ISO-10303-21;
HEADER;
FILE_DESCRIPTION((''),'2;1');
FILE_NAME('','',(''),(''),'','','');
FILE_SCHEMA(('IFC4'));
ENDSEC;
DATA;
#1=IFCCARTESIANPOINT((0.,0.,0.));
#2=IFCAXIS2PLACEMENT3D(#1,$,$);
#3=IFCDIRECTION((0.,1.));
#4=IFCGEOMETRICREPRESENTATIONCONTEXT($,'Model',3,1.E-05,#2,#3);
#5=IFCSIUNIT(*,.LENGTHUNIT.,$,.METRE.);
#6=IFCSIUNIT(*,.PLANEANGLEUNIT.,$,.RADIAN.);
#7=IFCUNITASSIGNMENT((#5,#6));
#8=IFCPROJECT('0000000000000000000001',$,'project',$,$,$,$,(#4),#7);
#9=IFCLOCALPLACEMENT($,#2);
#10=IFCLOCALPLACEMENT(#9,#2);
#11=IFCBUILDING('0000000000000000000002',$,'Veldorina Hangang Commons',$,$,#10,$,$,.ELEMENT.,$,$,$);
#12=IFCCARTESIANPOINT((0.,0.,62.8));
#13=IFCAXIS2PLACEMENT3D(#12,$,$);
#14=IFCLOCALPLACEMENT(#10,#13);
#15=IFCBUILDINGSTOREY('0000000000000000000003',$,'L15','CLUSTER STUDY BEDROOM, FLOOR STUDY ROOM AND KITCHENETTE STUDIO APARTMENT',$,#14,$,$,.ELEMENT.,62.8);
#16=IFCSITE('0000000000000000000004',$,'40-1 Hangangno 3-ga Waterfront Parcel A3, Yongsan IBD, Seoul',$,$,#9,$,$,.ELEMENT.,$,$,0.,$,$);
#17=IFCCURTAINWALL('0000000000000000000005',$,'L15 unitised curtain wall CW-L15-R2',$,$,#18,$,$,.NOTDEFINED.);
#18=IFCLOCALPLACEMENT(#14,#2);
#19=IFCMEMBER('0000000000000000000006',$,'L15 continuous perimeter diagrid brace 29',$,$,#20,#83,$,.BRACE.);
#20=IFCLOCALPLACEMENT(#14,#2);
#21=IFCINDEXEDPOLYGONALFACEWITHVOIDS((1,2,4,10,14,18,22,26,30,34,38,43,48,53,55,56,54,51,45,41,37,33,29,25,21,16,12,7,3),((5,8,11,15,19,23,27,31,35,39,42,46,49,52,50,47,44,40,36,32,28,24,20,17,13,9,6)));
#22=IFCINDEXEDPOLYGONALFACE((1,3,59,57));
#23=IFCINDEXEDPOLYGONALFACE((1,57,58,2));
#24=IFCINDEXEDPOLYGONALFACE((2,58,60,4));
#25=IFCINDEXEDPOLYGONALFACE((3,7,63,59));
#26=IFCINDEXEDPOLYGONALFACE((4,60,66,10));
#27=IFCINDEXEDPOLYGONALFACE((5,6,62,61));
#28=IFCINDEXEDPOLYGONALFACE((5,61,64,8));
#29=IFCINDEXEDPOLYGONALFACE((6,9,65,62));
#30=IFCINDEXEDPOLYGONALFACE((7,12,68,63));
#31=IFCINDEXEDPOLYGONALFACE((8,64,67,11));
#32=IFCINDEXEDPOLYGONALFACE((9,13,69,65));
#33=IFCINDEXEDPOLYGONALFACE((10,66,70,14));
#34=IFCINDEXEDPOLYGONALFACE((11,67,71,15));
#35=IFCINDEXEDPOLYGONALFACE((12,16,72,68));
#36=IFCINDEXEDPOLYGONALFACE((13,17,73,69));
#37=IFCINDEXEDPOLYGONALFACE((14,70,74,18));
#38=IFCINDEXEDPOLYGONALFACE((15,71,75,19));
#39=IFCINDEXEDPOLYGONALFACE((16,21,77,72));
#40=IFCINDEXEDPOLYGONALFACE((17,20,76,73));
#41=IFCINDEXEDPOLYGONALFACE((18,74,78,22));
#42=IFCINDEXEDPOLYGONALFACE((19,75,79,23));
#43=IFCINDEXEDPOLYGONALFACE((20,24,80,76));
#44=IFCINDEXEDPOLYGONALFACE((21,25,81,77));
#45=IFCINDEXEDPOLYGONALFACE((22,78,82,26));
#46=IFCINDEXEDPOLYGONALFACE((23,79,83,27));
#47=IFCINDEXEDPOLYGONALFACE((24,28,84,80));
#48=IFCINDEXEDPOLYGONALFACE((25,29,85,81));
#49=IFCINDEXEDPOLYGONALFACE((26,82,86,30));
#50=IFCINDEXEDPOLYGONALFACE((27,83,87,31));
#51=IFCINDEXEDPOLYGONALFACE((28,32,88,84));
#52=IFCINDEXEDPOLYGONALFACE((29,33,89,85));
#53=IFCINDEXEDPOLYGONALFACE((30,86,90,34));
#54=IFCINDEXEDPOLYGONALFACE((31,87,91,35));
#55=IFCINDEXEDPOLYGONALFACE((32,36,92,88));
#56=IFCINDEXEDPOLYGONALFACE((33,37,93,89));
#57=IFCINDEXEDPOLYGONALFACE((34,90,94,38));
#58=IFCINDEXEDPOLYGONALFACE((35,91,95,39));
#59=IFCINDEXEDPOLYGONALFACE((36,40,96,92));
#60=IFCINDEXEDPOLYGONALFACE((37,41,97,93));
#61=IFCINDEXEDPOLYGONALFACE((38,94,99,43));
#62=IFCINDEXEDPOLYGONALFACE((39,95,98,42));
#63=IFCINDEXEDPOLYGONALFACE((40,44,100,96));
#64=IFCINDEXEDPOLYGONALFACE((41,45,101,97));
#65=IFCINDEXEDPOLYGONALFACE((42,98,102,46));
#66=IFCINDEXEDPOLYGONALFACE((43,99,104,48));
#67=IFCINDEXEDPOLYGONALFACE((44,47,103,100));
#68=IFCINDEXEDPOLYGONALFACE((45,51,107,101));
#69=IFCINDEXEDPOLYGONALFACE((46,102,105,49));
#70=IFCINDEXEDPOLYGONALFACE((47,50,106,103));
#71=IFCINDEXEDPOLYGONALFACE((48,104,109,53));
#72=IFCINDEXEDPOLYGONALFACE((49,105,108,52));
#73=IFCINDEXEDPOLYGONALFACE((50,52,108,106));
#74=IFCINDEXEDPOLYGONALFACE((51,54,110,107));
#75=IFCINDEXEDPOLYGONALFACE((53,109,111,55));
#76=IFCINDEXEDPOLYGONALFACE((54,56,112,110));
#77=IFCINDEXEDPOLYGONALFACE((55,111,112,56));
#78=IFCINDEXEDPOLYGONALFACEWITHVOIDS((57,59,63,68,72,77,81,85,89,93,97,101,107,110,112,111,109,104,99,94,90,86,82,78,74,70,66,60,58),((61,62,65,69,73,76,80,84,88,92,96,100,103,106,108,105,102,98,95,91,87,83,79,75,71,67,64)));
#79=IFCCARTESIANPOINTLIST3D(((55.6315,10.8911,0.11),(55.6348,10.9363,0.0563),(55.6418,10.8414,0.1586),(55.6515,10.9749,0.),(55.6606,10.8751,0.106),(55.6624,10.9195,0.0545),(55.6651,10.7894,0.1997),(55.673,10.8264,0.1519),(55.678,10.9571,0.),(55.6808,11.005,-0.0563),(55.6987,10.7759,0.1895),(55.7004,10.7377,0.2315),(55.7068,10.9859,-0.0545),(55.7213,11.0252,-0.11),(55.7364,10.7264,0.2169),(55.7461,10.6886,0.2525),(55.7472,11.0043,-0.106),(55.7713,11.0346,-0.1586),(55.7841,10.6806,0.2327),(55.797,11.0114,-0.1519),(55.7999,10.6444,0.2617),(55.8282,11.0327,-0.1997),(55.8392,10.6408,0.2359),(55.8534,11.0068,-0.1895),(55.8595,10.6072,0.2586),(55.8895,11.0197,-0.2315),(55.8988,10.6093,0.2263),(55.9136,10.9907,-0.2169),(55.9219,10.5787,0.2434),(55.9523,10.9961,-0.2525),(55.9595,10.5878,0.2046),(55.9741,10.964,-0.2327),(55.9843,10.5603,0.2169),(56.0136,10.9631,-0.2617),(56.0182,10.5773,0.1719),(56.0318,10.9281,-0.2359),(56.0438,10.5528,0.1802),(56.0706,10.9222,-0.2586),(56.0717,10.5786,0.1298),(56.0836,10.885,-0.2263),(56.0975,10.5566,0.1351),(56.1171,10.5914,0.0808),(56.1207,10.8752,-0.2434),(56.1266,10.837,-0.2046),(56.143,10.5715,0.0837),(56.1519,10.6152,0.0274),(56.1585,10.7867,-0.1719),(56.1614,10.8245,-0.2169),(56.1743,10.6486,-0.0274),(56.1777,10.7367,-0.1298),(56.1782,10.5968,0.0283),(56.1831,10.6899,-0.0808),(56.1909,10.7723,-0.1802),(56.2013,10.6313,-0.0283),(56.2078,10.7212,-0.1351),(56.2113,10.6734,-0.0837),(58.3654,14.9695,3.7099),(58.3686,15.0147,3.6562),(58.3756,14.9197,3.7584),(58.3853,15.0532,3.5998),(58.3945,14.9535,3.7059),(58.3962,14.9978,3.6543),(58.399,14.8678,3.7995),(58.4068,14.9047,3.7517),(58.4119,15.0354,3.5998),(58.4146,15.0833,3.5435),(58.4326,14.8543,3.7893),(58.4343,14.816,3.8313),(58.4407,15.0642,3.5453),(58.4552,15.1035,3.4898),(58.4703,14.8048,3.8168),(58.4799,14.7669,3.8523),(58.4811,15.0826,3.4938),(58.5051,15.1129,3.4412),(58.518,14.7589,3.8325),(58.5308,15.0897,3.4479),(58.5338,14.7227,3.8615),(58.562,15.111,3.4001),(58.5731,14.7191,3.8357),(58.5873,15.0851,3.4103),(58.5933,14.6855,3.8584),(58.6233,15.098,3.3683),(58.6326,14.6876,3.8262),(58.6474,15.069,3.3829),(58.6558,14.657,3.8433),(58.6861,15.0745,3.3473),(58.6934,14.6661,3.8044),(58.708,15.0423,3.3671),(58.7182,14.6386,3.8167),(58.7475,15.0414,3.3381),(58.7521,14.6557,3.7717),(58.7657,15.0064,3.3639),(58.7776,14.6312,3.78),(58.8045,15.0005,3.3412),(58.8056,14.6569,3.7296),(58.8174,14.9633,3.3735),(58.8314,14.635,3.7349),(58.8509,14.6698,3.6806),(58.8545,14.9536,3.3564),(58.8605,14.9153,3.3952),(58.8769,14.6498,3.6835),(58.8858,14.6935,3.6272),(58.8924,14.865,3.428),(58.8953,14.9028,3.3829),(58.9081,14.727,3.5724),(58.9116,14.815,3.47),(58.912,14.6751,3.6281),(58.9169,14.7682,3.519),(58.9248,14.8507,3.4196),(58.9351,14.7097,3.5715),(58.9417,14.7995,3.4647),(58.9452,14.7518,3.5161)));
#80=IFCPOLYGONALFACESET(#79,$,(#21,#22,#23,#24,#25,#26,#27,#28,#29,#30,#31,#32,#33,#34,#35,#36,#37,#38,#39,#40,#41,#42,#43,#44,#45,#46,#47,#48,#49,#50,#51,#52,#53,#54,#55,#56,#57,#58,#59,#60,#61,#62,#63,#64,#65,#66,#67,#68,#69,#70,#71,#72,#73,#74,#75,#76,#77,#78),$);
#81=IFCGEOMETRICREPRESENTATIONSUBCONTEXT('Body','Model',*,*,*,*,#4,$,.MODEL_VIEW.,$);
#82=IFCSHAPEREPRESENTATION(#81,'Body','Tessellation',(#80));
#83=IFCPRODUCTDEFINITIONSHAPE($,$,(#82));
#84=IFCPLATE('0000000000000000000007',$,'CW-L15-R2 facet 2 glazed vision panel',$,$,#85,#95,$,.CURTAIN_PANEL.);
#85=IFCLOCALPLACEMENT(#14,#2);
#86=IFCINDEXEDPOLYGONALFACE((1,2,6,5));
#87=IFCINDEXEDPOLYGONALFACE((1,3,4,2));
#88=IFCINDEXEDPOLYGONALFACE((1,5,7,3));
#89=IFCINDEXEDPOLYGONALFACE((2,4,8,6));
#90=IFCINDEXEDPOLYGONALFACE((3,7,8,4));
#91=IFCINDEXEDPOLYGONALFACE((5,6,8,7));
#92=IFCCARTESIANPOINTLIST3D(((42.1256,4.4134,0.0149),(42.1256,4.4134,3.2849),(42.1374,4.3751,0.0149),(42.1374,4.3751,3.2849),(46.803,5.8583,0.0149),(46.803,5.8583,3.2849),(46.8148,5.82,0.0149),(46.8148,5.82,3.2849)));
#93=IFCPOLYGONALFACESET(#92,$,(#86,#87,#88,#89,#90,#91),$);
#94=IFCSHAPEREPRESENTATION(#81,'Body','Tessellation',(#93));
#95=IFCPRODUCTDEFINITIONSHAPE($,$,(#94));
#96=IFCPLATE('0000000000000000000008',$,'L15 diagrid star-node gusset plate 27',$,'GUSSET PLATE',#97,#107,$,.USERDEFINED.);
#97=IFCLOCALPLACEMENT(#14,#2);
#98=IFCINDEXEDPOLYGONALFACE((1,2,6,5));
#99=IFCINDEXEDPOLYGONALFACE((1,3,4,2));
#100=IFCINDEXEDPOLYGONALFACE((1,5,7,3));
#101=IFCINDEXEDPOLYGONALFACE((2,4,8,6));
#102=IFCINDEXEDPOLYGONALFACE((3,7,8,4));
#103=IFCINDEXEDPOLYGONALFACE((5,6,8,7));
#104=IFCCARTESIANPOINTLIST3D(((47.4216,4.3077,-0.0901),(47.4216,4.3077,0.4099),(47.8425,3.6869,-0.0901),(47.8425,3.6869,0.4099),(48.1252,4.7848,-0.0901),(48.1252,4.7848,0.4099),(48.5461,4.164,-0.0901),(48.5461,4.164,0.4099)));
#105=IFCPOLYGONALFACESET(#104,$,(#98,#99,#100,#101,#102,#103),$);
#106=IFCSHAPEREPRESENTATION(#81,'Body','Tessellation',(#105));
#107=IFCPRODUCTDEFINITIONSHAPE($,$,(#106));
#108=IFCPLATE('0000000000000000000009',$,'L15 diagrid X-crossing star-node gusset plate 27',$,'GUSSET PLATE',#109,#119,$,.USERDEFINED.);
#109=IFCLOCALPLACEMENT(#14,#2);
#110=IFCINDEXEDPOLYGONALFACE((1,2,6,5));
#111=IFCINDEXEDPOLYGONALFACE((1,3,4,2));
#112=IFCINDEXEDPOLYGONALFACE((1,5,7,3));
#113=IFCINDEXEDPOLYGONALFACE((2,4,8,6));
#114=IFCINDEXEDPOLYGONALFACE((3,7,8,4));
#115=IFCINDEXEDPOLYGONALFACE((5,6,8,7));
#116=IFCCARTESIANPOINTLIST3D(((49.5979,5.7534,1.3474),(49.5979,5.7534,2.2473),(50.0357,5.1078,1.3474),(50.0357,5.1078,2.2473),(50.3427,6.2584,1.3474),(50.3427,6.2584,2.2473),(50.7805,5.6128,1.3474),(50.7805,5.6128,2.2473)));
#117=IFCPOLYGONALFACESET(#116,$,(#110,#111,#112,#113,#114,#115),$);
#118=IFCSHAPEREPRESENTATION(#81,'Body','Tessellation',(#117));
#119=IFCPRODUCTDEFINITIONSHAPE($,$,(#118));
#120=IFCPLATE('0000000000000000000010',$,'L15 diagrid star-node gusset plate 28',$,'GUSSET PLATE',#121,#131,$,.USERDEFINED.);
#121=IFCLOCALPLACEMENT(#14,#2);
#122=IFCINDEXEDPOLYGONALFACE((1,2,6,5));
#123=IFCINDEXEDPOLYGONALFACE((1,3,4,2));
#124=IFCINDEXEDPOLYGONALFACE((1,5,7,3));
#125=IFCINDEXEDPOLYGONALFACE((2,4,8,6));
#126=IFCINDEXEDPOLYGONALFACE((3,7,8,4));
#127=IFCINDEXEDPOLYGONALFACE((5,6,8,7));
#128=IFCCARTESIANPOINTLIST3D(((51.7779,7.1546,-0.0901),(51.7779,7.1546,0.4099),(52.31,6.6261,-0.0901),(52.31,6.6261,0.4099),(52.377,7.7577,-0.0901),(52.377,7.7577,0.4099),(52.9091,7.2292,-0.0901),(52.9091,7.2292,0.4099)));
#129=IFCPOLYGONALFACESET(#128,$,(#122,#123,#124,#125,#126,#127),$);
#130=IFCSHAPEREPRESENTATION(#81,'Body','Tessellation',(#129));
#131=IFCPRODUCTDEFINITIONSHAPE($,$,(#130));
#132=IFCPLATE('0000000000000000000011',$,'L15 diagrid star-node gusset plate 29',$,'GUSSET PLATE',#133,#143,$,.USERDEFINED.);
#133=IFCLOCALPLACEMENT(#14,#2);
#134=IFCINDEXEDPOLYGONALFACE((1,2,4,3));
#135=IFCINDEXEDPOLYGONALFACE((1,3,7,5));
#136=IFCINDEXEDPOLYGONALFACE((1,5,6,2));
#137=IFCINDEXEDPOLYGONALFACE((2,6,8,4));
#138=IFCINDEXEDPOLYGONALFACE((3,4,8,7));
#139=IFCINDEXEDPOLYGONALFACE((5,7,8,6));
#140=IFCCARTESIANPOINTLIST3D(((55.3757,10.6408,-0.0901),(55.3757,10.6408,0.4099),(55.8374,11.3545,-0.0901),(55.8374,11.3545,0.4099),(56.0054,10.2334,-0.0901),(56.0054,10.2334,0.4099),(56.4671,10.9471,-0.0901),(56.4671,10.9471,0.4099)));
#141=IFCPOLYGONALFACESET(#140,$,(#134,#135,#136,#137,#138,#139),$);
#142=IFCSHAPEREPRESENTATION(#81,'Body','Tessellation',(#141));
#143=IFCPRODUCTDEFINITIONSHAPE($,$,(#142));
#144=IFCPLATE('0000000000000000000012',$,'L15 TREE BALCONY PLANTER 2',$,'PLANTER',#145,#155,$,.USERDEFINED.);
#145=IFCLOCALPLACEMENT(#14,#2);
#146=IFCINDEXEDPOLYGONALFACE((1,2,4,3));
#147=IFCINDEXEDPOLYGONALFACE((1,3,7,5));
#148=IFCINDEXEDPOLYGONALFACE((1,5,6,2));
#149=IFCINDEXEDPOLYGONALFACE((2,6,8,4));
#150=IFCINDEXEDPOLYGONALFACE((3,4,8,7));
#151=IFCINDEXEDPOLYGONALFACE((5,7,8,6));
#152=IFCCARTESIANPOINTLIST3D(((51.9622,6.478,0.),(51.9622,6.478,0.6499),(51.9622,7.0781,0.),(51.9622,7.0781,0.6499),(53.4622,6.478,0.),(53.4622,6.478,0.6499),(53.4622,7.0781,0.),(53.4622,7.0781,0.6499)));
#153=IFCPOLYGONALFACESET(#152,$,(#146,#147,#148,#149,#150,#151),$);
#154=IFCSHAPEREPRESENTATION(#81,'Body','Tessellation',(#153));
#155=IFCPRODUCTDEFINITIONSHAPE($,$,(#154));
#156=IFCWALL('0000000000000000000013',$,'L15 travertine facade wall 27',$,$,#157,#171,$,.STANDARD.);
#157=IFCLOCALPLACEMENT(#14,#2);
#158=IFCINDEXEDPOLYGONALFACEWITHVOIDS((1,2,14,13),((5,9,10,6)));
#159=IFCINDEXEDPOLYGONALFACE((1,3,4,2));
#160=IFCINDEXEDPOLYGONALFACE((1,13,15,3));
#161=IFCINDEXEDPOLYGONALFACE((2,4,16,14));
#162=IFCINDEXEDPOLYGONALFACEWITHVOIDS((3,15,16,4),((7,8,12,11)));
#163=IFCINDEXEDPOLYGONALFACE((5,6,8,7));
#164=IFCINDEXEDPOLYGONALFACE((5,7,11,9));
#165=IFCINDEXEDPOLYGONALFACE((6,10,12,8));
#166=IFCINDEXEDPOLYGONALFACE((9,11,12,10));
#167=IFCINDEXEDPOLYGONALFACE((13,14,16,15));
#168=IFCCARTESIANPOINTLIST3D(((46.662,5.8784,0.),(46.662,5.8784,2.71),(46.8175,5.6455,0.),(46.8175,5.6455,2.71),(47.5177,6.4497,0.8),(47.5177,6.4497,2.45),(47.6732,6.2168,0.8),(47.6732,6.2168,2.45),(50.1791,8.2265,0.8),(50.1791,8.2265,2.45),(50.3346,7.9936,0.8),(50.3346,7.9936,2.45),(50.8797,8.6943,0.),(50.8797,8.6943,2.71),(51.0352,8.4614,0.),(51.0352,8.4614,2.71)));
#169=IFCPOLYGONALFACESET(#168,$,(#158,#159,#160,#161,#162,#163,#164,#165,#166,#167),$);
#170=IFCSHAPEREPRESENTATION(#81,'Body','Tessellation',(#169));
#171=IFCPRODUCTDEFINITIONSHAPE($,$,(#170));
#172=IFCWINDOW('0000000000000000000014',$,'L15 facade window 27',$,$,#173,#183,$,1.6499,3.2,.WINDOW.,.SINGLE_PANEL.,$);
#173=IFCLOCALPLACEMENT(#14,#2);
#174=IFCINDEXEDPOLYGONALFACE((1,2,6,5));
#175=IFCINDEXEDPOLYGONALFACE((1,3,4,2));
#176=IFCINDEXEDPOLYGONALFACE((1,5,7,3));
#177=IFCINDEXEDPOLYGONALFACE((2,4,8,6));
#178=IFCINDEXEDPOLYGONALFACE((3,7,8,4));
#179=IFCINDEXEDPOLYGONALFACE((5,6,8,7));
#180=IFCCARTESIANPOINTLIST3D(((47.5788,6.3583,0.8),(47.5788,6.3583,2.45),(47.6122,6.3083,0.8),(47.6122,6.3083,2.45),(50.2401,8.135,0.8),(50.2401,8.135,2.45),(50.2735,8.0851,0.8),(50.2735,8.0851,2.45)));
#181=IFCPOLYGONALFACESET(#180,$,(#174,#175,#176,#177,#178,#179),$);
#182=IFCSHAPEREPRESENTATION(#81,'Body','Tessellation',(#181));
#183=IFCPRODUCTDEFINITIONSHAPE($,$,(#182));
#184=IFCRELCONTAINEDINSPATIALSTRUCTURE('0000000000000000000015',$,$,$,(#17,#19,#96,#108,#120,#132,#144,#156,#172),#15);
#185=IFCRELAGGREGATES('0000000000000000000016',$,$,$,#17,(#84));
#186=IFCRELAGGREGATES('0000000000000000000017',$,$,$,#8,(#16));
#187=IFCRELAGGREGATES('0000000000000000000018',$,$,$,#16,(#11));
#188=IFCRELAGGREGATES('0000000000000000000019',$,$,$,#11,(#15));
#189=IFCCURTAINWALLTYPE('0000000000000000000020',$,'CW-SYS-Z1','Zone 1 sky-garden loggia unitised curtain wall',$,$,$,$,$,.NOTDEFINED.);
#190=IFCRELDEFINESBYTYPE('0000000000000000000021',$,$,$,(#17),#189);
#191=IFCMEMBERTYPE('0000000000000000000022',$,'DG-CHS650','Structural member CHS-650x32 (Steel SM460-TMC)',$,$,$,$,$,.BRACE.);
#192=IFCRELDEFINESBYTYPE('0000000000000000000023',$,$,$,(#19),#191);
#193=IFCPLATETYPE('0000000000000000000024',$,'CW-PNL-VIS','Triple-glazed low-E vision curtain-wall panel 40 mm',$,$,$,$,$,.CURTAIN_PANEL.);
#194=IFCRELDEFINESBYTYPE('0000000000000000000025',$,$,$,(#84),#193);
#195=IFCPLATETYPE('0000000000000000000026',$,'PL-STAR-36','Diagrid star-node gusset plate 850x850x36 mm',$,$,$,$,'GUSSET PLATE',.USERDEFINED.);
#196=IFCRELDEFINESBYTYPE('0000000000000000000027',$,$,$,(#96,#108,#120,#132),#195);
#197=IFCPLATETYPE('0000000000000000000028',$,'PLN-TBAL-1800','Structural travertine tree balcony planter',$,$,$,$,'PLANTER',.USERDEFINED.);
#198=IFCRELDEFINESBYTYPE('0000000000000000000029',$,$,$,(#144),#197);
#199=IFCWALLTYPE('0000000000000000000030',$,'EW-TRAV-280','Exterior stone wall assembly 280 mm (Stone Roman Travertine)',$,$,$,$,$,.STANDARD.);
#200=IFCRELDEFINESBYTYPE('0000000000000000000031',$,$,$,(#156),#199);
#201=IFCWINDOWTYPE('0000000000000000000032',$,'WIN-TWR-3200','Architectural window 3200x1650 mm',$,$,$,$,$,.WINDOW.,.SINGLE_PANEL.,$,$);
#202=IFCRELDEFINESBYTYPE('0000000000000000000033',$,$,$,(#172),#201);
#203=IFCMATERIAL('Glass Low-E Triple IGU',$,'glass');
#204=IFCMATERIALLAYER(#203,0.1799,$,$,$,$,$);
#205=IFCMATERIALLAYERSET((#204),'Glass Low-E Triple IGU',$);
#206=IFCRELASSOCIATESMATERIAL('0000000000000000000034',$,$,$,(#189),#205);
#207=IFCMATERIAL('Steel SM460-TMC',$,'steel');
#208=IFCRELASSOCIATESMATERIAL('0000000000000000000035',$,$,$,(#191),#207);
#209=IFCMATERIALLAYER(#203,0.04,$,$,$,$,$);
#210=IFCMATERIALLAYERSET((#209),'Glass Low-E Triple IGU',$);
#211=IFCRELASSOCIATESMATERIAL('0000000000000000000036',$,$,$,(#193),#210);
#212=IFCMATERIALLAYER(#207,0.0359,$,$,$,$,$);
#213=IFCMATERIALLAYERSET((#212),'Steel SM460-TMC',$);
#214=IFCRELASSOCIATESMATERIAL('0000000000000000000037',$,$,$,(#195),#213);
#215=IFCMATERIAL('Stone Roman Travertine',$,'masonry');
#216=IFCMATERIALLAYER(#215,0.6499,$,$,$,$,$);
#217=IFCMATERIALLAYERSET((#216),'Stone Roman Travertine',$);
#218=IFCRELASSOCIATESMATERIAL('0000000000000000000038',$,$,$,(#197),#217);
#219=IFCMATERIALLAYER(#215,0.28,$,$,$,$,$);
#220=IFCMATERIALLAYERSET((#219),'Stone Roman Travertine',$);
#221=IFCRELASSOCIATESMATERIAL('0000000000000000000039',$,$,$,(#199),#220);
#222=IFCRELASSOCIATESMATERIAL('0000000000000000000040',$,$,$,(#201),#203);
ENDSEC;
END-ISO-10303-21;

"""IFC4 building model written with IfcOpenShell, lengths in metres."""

from ifc_helpers import new_model, si_unit, direction, frame, frame_2d, origin, origin_2d, place, context, subcontext, project, spatial, rectangle, hollow_circle, extrude, material, layer, layer_set, material_profile, profile_set, type_object, element, fill, aggregate, save


model = new_model("IFC4")

# Units and contexts
model_context = context("Model", 3, precision=1e-05, world=origin(), true_north=direction((0.0, 1.0)))
body_context = subcontext(model_context, "Body", "Model", "MODEL_VIEW")
ifc_project = project(units=[si_unit("LENGTHUNIT", "METRE"), si_unit("PLANEANGLEUNIT", "RADIAN")], contexts=[model_context])

# Site, building, storey
site_placement = place(None, origin())
site = spatial("IfcSite", under=ifc_project, at=site_placement, Name="40-1 Hangangno 3-ga Waterfront Parcel A3, Yongsan IBD, Seoul", CompositionType="ELEMENT", RefElevation=0.0)
building_placement = place(site_placement, origin())
building = spatial("IfcBuilding", under=site, at=building_placement, Name="Veldorina Hangang Commons", CompositionType="ELEMENT")
storey_placement = place(building_placement, frame((0.0, 0.0, 62.8)))
storey = spatial("IfcBuildingStorey", under=building, at=storey_placement, Name="L15", Description="CLUSTER STUDY BEDROOM, FLOOR STUDY ROOM AND KITCHENETTE STUDIO APARTMENT", CompositionType="ELEMENT", Elevation=62.8)

# Curtain wall
ifc_material_1 = material(Name="Glass Low-E Triple IGU", Category="glass")
ifc_layer_1 = layer(ifc_material_1, 0.1799)
ifc_layer_set_1 = layer_set([ifc_layer_1], Name="Glass Low-E Triple IGU")
curtain_wall_type = type_object("IfcCurtainWallType", Name="CW-SYS-Z1", Description="Zone 1 sky-garden loggia unitised curtain wall", PredefinedType="NOTDEFINED", material=ifc_layer_set_1)
curtain_wall_placement = place(storey_placement, origin())
curtain_wall = element("IfcCurtainWall", 1, at=curtain_wall_placement, inside=storey, type_object=curtain_wall_type, Name="L15 unitised curtain wall CW-L15-R2", PredefinedType="NOTDEFINED")

# Member
ifc_material_2 = material(Name="Steel SM460-TMC", Category="steel")
ifc_material_profile_1 = material_profile(ifc_material_2, hollow_circle(Radius=0.325, WallThickness=0.032, at=origin_2d()), Name="CHS-650x32")
ifc_profile_set_1 = profile_set([ifc_material_profile_1], Name="Steel SM460-TMC")
member_type_1 = type_object("IfcMemberType", Name="DG-CHS650", Description="Structural member CHS-650x32 (Steel SM460-TMC)", PredefinedType="BRACE", material=ifc_profile_set_1)
member_1_placement = place(storey_placement, frame((55.9214, 10.7939, 0.0), z_axis=(0.449047, 0.669881, 0.591284), x_axis=(-0.83064, 0.55681, 0.0)))
element("IfcMember", 2, at=member_1_placement, inside=storey, type_object=member_type_1, Name="L15 continuous perimeter diagrid brace 29", PredefinedType="BRACE", context=body_context, shape_type="SweptSolid", body=[
    extrude(hollow_circle(Radius=0.325, WallThickness=0.032, at=origin_2d()), origin(), (0.0, 0.0, 1.0), 6.0881),
])

# Plate
ifc_layer_2 = layer(ifc_material_1, 0.04)
ifc_layer_set_2 = layer_set([ifc_layer_2], Name="Glass Low-E Triple IGU")
plate_type_1 = type_object("IfcPlateType", Name="CW-PNL-VIS", Description="Triple-glazed low-E vision curtain-wall panel 40 mm", PredefinedType="CURTAIN_PANEL", material=ifc_layer_set_2)
plate_1_placement = place(storey_placement, frame((44.4702, 5.1167, 0.0149), z_axis=(0.0, 0.0, 1.0), x_axis=(0.955449, 0.295158, 0.0)))
plate_1 = element("IfcPlate", 3, at=plate_1_placement, type_object=plate_type_1, Name="CW-L15-R2 facet 2 glazed vision panel", PredefinedType="CURTAIN_PANEL", context=body_context, shape_type="SweptSolid", body=[
    extrude(rectangle(XDim=4.8955, YDim=0.04, at=origin_2d()), origin(), (0.0, 0.0, 1.0), 3.27),
])
aggregate(curtain_wall, [plate_1])

# Plates
ifc_layer_3 = layer(ifc_material_2, 0.0359)
ifc_layer_set_3 = layer_set([ifc_layer_3], Name="Steel SM460-TMC")
plate_type_2 = type_object("IfcPlateType", Name="PL-STAR-36", Description="Diagrid star-node gusset plate 850x850x36 mm", ElementType="GUSSET PLATE", PredefinedType="USERDEFINED", material=ifc_layer_set_3)
plate_2_placement = place(storey_placement, frame((47.9839, 4.2358, -0.0901), z_axis=(0.0, 0.0, 1.0), x_axis=(0.827679, 0.561203, 0.0)))
element("IfcPlate", 4, at=plate_2_placement, inside=storey, type_object=plate_type_2, Name="L15 diagrid star-node gusset plate 27", ObjectType="GUSSET PLATE", PredefinedType="USERDEFINED", context=body_context, shape_type="SweptSolid", body=[
    extrude(rectangle(XDim=0.8501, YDim=0.75, at=origin_2d()), origin(), (0.0, 0.0, 1.0), 0.5),
])
plate_3_placement = place(storey_placement, frame((50.1892, 5.6831, 1.3474), z_axis=(0.0, 0.0, 1.0), x_axis=(0.827679, 0.561203, 0.0)))
element("IfcPlate", 5, at=plate_3_placement, inside=storey, type_object=plate_type_2, Name="L15 diagrid X-crossing star-node gusset plate 27", ObjectType="GUSSET PLATE", PredefinedType="USERDEFINED", context=body_context, shape_type="SweptSolid", body=[
    extrude(rectangle(XDim=0.8999, YDim=0.78, at=origin_2d()), origin(), (0.0, 0.0, 1.0), 0.8999),
])
for number, where, z_axis, x_axis, name in (
    (6, (52.3435, 7.1919, -0.0901), (0.0, 0.0, 1.0), (0.704733, 0.709472, 0.0), "L15 diagrid star-node gusset plate 28"),
    (7, (55.9214, 10.7939, -0.0901), (0.0, 0.0, 1.0), (0.543174, 0.83962, 0.0), "L15 diagrid star-node gusset plate 29"),
):
    element("IfcPlate", number, at=place(storey_placement, frame(where, z_axis=z_axis, x_axis=x_axis)), inside=storey, type_object=plate_type_2, Name=name, ObjectType="GUSSET PLATE", PredefinedType="USERDEFINED", context=body_context, shape_type="SweptSolid", body=[
        extrude(rectangle(XDim=0.8501, YDim=0.75, at=origin_2d()), origin(), (0.0, 0.0, 1.0), 0.5),
    ])
ifc_material_3 = material(Name="Stone Roman Travertine", Category="masonry")
ifc_layer_4 = layer(ifc_material_3, 0.6499)
ifc_layer_set_4 = layer_set([ifc_layer_4], Name="Stone Roman Travertine")
plate_type_3 = type_object("IfcPlateType", Name="PLN-TBAL-1800", Description="Structural travertine tree balcony planter", ElementType="PLANTER", PredefinedType="USERDEFINED", material=ifc_layer_set_4)
plate_4_placement = place(storey_placement, frame((52.7122, 6.7781, 0.0), z_axis=(0.0, 0.0, 1.0), x_axis=(1.0, 0.0, 0.0)))
element("IfcPlate", 8, at=plate_4_placement, inside=storey, type_object=plate_type_3, Name="L15 TREE BALCONY PLANTER 2", ObjectType="PLANTER", PredefinedType="USERDEFINED", context=body_context, shape_type="SweptSolid", body=[
    extrude(rectangle(XDim=1.5, YDim=0.6001, at=origin_2d()), origin(), (0.0, 0.0, 1.0), 0.6499),
])

# Wall, opening, window
ifc_layer_5 = layer(ifc_material_3, 0.28)
ifc_layer_set_5 = layer_set([ifc_layer_5], Name="Stone Roman Travertine")
wall_type_1 = type_object("IfcWallType", Name="EW-TRAV-280", Description="Exterior stone wall assembly 280 mm (Stone Roman Travertine)", PredefinedType="STANDARD", material=ifc_layer_set_5)
wall_1_placement = place(storey_placement, frame((46.7397, 5.762, 0.0), z_axis=(0.0, 0.0, 1.0), x_axis=(0.83168, 0.555256, 0.0)))
wall_1 = element("IfcWall", 9, at=wall_1_placement, inside=storey, type_object=wall_type_1, Name="L15 travertine facade wall 27", PredefinedType="STANDARD", context=body_context, shape_type="SweptSolid", body=[
    extrude(rectangle(XDim=5.0713, YDim=0.28, at=frame_2d((2.5356, 0.0))), origin(), (0.0, 0.0, 1.0), 2.71),
])
opening_1_placement = place(wall_1_placement, frame((1.0288, 0.0, 0.8)))
opening_1 = element("IfcOpeningElement", 10, at=opening_1_placement, cuts=wall_1, PredefinedType="OPENING", context=body_context, shape_type="SweptSolid", body=[
    extrude(rectangle(XDim=3.2, YDim=1.6499, at=frame_2d((1.6001, 0.825))), frame((0.0, 0.1499, 0.0), z_axis=(0.0, -1.0, 0.0), x_axis=(1.0, 0.0, 0.0)), (0.0, 0.0, 1.0), 0.3),
])
window_type = type_object("IfcWindowType", Name="WIN-TWR-3200", Description="Architectural window 3200x1650 mm", PartitioningType="SINGLE_PANEL", PredefinedType="WINDOW", material=ifc_material_1)
window_1_placement = place(opening_1_placement, origin())
window_1 = element("IfcWindow", 11, at=window_1_placement, inside=storey, type_object=window_type, Name="L15 facade window 27", OverallHeight=1.6499, OverallWidth=3.2, PartitioningType="SINGLE_PANEL", PredefinedType="WINDOW", context=body_context, shape_type="SweptSolid", body=[
    extrude(rectangle(XDim=3.2, YDim=1.6499, at=frame_2d((1.6001, 0.825))), frame((0.0, 0.03, 0.0), z_axis=(0.0, -1.0, 0.0), x_axis=(1.0, 0.0, 0.0)), (0.0, 0.0, 1.0), 0.0601),
])
fill(opening_1, window_1)

save(model, "model.ifc")
